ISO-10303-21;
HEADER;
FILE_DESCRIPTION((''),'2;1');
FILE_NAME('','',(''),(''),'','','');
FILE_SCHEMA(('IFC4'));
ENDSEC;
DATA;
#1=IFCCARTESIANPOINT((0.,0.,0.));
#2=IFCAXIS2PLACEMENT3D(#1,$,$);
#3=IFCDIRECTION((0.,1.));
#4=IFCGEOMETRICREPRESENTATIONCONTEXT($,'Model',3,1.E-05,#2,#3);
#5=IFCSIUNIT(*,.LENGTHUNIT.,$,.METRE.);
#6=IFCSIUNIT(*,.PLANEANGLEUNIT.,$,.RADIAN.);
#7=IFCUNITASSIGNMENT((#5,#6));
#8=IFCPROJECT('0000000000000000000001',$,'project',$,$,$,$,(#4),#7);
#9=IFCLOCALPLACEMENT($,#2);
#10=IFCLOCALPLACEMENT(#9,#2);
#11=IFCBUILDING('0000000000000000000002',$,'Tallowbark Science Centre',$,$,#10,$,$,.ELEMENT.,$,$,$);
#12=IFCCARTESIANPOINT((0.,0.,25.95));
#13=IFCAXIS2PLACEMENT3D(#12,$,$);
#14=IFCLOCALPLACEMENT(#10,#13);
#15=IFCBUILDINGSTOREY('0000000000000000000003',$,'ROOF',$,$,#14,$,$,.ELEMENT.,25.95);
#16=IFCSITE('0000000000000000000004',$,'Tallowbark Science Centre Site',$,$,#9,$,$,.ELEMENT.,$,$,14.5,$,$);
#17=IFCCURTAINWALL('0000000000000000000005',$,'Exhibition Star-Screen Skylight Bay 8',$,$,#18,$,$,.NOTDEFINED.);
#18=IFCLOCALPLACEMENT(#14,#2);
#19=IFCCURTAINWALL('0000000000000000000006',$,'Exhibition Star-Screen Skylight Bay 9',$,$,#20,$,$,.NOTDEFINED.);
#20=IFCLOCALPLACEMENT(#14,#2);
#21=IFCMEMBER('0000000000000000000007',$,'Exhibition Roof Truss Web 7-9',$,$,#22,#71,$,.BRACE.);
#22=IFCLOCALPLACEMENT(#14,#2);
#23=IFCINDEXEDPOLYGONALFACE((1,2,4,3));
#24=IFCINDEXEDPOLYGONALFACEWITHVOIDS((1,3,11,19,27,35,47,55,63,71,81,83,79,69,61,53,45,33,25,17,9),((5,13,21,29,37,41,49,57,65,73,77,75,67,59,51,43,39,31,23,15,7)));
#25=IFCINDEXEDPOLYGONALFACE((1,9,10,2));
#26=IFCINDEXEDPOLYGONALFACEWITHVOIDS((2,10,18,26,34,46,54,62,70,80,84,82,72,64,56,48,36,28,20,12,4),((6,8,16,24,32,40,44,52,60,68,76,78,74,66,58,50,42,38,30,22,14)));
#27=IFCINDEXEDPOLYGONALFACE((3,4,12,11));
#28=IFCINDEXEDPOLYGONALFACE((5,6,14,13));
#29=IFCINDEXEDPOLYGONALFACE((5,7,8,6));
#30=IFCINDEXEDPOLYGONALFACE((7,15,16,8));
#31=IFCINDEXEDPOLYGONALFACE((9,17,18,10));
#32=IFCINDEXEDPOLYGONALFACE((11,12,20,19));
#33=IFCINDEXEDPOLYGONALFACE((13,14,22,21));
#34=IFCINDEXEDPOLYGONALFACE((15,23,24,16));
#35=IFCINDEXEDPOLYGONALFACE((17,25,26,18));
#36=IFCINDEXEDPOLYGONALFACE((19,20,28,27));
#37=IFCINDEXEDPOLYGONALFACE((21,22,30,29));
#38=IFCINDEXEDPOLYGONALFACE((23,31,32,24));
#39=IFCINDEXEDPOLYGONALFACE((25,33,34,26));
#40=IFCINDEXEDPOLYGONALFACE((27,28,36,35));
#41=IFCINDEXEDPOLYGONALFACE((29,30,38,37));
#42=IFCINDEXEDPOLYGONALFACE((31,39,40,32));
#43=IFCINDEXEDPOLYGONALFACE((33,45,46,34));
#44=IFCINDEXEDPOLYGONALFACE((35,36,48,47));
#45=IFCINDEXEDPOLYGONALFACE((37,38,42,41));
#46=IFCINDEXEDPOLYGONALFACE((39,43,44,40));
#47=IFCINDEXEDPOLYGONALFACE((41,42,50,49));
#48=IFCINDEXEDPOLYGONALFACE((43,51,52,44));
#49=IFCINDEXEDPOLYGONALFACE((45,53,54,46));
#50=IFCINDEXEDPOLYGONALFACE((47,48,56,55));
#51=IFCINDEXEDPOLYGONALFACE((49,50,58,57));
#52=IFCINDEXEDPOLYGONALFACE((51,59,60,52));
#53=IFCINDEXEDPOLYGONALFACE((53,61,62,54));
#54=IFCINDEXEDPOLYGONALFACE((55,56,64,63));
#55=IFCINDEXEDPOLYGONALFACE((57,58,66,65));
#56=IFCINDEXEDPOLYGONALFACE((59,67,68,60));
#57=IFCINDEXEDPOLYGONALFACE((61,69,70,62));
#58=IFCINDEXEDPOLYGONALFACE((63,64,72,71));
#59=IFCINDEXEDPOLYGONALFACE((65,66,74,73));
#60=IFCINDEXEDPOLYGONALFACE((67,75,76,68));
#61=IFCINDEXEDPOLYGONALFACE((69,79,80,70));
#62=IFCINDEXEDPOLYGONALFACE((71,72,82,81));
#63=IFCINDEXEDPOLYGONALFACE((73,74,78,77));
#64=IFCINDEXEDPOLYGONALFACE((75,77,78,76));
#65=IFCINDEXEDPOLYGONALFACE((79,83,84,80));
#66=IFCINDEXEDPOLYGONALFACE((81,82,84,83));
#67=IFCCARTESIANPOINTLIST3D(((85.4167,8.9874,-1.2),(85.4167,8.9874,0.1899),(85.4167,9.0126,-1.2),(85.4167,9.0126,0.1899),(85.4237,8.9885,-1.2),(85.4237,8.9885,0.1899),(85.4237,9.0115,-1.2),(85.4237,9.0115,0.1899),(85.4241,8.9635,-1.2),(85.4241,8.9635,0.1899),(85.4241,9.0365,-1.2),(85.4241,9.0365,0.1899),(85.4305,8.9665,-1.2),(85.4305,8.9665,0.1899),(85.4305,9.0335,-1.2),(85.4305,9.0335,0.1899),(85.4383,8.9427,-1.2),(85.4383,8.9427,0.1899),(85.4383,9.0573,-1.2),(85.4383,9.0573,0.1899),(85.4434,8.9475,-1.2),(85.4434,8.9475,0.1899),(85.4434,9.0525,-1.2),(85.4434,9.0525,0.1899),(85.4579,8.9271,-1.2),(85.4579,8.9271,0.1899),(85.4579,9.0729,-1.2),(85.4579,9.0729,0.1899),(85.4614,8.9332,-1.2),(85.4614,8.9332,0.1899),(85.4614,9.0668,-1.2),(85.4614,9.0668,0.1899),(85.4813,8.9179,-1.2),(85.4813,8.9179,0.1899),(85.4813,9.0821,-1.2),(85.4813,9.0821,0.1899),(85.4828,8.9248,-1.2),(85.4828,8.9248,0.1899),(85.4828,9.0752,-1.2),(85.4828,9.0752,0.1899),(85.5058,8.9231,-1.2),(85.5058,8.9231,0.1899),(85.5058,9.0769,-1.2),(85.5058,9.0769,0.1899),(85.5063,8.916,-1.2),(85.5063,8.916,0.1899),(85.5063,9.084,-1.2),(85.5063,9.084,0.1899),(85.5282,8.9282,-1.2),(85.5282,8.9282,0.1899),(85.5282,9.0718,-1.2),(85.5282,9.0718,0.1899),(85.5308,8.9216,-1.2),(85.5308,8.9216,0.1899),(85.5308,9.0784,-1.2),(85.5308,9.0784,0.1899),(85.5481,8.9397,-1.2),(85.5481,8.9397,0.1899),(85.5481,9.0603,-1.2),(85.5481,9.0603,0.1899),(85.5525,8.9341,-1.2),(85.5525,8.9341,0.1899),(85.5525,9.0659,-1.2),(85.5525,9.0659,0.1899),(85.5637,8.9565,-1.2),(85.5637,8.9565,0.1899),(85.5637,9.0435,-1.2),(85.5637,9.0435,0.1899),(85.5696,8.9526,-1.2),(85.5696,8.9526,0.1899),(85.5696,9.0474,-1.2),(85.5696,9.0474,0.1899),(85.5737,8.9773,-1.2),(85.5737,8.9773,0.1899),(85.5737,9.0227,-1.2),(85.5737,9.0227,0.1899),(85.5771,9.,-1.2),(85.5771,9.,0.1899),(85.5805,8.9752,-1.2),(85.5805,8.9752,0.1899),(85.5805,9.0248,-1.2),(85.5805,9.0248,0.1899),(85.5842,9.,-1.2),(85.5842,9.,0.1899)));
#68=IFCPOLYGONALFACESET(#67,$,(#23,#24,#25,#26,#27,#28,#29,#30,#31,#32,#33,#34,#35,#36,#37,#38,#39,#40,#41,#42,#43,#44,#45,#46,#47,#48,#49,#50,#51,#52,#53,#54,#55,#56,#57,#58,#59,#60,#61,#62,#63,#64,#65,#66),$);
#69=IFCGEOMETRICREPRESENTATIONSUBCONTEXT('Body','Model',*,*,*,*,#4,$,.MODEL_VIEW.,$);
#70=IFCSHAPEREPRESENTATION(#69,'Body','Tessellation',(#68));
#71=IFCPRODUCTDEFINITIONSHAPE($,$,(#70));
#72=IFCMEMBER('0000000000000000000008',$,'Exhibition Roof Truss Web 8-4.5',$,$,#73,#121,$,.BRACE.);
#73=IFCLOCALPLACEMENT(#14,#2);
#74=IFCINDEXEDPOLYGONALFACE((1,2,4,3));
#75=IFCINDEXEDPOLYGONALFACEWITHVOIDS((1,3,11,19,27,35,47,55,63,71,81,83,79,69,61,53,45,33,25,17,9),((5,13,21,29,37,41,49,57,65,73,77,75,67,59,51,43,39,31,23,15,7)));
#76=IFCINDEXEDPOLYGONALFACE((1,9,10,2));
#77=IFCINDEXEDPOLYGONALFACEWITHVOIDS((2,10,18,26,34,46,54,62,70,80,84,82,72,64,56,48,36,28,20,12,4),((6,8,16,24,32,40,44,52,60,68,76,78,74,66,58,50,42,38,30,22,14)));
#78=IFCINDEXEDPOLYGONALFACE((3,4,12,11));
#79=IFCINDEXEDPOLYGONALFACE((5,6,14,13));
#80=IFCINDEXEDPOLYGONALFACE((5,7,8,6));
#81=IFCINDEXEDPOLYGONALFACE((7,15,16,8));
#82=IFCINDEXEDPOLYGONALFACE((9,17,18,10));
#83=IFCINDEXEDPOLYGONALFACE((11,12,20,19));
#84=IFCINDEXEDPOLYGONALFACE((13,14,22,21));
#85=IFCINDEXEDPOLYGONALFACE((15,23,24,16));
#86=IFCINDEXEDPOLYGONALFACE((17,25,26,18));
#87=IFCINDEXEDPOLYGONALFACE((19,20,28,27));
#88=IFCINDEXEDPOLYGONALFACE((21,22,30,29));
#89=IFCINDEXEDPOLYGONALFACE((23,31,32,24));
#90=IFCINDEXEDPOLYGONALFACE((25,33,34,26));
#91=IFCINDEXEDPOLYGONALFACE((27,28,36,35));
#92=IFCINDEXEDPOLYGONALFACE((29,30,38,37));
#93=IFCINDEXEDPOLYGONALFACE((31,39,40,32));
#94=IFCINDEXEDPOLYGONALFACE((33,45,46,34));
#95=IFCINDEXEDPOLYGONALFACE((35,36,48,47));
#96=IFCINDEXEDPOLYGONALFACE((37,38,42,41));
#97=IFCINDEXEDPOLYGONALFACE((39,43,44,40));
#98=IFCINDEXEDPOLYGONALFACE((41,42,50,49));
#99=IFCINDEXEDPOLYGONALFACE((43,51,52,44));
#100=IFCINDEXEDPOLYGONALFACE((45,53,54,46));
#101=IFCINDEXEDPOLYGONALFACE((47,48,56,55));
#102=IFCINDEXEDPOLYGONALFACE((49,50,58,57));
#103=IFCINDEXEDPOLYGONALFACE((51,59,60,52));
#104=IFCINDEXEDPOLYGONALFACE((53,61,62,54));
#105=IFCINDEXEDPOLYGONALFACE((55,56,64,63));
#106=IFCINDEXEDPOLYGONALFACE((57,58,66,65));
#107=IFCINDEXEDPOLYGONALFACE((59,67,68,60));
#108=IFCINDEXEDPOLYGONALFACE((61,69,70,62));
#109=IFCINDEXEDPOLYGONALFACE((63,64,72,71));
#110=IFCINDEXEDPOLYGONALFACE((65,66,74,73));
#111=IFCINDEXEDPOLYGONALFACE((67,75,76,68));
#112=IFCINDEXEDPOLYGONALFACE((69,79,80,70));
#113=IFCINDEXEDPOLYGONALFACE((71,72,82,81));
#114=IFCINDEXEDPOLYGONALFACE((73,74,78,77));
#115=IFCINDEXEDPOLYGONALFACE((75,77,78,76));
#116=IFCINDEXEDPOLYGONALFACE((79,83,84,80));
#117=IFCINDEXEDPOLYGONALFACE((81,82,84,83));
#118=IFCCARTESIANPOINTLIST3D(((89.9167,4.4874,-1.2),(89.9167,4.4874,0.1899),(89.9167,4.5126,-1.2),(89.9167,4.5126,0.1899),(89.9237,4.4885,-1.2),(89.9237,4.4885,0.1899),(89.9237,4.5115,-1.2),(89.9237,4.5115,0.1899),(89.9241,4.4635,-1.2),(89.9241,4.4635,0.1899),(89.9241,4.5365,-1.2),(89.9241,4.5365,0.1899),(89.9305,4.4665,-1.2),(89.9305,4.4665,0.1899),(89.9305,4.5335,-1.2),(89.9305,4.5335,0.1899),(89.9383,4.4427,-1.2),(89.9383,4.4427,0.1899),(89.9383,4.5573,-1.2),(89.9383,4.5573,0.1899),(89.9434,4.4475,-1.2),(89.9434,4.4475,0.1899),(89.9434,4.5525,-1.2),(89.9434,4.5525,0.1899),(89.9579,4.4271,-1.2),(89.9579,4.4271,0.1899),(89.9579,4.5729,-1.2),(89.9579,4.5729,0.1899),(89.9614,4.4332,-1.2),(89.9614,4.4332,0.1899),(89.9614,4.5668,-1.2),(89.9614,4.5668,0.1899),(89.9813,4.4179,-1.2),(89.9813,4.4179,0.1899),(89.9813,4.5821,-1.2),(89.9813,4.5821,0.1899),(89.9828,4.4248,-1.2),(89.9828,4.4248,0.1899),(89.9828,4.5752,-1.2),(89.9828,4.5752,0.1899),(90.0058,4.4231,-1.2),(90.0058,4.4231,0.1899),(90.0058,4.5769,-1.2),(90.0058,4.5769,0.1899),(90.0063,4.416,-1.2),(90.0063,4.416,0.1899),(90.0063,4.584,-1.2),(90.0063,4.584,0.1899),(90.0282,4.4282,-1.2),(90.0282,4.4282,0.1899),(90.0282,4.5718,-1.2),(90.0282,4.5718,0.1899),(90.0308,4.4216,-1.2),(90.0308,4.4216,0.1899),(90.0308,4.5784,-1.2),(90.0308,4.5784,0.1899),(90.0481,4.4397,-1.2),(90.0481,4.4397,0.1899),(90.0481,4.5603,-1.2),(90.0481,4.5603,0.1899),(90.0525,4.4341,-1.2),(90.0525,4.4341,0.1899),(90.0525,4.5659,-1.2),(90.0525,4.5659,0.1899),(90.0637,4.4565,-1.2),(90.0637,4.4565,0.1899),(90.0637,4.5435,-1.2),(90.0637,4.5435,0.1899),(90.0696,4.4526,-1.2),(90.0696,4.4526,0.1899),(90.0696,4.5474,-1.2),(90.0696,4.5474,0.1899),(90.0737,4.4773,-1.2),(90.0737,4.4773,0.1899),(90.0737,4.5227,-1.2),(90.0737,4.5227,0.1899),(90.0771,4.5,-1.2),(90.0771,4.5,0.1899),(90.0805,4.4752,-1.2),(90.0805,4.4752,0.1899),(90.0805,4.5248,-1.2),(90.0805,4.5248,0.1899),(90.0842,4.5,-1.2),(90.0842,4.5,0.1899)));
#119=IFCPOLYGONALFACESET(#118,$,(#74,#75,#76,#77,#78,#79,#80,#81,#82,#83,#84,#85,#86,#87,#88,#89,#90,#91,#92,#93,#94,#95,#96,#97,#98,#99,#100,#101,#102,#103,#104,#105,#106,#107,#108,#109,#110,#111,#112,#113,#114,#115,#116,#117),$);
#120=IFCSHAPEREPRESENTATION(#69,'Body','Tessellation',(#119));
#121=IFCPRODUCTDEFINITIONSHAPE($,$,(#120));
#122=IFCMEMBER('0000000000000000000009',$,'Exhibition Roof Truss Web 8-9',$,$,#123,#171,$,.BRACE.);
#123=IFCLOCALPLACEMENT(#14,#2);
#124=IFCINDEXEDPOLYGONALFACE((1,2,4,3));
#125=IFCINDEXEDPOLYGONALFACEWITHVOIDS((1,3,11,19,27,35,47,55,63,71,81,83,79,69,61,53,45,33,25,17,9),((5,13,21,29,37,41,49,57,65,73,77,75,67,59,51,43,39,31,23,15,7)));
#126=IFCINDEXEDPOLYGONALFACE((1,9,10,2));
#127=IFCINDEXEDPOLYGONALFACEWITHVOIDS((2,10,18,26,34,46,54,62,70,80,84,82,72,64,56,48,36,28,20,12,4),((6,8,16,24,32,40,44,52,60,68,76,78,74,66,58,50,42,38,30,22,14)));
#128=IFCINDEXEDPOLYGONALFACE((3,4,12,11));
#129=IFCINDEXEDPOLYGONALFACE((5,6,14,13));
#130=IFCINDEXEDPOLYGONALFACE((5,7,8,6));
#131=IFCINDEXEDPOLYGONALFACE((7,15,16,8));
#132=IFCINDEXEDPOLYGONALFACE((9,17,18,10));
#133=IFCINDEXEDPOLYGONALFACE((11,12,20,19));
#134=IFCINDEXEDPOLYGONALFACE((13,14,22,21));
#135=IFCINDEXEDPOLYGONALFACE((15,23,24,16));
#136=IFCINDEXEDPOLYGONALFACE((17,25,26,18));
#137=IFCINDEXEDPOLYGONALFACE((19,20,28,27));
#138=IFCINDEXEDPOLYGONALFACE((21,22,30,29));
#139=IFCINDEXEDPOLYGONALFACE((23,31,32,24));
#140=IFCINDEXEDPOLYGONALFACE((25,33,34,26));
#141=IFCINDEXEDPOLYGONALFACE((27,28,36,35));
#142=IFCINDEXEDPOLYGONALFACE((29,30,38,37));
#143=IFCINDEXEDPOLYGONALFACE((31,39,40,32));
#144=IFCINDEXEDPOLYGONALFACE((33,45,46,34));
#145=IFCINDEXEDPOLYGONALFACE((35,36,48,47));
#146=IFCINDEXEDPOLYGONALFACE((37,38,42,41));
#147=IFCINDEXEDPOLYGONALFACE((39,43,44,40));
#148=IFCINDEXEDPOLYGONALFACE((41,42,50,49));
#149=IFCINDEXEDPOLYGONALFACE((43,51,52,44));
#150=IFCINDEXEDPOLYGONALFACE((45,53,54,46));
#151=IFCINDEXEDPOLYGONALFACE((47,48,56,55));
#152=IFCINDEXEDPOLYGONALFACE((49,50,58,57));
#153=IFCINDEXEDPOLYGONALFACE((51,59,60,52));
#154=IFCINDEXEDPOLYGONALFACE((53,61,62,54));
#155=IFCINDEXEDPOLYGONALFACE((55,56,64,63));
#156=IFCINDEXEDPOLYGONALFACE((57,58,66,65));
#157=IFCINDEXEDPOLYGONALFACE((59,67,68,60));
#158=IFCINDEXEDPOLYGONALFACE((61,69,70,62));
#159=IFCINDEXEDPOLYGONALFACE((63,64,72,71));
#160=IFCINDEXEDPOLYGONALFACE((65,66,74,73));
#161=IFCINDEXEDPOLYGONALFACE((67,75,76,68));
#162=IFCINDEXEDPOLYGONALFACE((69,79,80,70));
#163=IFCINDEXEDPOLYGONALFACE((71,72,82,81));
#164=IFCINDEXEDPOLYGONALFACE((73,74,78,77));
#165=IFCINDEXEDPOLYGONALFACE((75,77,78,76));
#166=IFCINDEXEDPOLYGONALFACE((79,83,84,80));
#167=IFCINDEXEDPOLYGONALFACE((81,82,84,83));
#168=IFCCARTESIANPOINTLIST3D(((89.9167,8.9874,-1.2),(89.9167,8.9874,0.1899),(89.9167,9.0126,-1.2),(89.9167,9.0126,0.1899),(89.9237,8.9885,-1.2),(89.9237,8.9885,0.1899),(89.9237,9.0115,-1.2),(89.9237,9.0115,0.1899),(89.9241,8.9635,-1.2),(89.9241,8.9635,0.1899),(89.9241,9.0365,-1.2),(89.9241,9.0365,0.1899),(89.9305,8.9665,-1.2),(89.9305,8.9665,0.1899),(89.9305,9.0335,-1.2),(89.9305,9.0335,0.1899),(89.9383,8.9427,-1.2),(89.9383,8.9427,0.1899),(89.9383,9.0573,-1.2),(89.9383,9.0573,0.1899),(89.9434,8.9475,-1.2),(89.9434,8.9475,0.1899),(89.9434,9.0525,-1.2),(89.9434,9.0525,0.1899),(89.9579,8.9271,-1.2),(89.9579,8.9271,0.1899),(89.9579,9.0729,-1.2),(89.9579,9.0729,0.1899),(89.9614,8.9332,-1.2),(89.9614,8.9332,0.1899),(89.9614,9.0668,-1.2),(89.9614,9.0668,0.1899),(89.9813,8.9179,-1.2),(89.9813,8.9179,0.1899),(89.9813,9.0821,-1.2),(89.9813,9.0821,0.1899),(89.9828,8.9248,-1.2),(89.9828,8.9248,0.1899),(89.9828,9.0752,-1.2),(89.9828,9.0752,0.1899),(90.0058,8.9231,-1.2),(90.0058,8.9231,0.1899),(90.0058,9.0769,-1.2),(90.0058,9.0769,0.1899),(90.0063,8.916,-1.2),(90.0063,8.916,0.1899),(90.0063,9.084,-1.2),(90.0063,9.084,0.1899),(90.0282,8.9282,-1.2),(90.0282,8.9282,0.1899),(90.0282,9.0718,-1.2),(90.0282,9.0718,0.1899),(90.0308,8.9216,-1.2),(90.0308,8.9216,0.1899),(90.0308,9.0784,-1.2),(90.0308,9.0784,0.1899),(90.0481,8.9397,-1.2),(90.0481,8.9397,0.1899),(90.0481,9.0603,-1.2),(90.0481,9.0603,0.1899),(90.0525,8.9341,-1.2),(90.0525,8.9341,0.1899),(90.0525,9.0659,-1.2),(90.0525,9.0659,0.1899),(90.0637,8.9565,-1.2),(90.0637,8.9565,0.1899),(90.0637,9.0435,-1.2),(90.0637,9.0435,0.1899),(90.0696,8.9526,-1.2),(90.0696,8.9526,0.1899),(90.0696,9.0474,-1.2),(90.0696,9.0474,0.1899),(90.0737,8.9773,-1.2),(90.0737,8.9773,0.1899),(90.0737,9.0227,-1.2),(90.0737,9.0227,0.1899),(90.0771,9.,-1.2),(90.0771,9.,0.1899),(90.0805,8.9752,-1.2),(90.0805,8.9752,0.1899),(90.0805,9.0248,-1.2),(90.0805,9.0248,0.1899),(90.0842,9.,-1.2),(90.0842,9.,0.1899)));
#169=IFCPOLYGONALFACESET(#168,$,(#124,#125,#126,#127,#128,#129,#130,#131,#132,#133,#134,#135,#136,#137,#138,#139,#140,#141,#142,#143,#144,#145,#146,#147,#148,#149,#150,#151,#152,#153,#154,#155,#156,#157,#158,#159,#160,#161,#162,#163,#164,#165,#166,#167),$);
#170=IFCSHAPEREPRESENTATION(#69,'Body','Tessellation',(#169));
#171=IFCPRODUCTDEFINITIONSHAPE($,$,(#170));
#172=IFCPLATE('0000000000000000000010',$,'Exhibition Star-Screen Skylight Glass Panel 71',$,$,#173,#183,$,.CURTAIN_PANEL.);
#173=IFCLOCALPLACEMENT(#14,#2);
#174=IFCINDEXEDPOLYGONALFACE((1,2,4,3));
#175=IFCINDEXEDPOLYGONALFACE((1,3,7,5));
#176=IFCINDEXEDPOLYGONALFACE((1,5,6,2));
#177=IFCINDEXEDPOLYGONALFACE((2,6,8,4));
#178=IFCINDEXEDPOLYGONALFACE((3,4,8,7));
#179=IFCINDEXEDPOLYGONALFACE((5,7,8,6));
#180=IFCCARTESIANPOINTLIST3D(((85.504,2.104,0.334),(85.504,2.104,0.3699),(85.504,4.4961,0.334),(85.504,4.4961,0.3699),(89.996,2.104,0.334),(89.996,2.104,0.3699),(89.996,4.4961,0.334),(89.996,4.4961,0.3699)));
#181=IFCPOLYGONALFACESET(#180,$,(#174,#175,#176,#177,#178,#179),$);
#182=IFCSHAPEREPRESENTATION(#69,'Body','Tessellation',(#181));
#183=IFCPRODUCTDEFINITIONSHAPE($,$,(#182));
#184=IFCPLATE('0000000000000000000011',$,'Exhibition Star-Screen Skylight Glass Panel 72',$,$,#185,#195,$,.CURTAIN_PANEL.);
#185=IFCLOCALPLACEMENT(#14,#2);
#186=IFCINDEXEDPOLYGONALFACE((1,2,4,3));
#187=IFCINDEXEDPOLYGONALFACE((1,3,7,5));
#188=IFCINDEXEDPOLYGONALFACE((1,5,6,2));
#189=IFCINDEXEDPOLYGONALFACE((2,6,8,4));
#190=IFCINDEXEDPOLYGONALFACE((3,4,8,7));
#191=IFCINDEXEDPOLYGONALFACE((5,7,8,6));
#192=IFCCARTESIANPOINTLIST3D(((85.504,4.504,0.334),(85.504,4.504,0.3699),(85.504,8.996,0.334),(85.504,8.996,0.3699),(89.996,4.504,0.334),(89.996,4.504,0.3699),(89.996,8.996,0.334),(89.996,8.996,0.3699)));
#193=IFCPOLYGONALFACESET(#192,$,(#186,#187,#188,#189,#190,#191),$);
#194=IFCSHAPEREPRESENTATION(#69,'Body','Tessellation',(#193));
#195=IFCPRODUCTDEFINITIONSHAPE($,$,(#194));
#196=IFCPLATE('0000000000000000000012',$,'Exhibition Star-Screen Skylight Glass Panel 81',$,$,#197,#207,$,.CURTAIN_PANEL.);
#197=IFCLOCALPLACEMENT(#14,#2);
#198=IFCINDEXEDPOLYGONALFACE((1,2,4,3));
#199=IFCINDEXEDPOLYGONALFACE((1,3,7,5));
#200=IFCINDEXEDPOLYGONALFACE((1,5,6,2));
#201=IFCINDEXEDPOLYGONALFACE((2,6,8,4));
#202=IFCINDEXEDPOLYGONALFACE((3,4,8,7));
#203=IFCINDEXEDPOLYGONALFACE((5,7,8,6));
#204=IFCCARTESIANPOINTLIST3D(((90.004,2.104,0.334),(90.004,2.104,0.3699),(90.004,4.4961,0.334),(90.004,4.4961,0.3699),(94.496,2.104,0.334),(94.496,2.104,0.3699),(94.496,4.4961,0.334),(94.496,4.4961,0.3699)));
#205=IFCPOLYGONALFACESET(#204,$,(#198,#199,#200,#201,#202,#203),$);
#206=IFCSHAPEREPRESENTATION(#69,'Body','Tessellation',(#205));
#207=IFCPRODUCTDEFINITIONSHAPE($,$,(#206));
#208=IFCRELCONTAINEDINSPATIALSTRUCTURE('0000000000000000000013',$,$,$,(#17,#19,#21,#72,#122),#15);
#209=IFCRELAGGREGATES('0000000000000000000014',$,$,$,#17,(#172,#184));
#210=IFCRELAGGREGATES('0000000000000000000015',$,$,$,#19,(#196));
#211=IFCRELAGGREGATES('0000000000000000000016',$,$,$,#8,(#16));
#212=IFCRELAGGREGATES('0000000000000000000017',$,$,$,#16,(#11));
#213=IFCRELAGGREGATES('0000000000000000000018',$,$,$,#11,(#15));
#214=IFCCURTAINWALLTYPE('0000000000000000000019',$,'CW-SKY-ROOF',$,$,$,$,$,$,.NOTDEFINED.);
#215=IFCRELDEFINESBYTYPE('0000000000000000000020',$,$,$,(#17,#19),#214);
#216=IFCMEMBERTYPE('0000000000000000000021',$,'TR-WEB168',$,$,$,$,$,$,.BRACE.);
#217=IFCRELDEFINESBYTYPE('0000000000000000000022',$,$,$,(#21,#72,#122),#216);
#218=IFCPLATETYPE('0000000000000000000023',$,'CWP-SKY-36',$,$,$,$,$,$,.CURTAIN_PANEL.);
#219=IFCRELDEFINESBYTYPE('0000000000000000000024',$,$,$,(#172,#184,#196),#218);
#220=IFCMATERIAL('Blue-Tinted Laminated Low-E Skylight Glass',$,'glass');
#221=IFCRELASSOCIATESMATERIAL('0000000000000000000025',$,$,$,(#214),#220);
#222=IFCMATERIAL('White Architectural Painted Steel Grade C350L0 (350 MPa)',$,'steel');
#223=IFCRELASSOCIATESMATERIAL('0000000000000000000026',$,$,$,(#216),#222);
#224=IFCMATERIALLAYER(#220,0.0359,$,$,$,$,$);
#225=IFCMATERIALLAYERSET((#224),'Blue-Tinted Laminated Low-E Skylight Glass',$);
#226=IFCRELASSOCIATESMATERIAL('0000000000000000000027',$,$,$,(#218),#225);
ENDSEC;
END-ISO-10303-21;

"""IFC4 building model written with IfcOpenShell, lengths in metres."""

from ifc_helpers import new_model, si_unit, direction, frame, origin, origin_2d, place, context, subcontext, project, spatial, rectangle, hollow_circle, extrude, material, layer, layer_set, material_profile, profile_set, type_object, element, aggregate, save


model = new_model("IFC4")

# Units and contexts
model_context = context("Model", 3, precision=1e-05, world=origin(), true_north=direction((0.0, 1.0)))
body_context = subcontext(model_context, "Body", "Model", "MODEL_VIEW")
ifc_project = project(units=[si_unit("LENGTHUNIT", "METRE"), si_unit("PLANEANGLEUNIT", "RADIAN")], contexts=[model_context])

# Site, building, storey
site_placement = place(None, origin())
site = spatial("IfcSite", under=ifc_project, at=site_placement, Name="Tallowbark Science Centre Site", CompositionType="ELEMENT", RefElevation=14.5)
building_placement = place(site_placement, origin())
building = spatial("IfcBuilding", under=site, at=building_placement, Name="Tallowbark Science Centre", CompositionType="ELEMENT")
storey_placement = place(building_placement, frame((0.0, 0.0, 25.95)))
storey = spatial("IfcBuildingStorey", under=building, at=storey_placement, Name="ROOF", CompositionType="ELEMENT", Elevation=25.95)

# Shared definitions
ifc_material_1 = material(Name="White Architectural Painted Steel Grade C350L0 (350 MPa)", Category="steel")

# Curtain wall
ifc_material_2 = material(Name="Blue-Tinted Laminated Low-E Skylight Glass", Category="glass")
curtain_wall_type = type_object("IfcCurtainWallType", Name="CW-SKY-ROOF", PredefinedType="NOTDEFINED", material=ifc_material_2)
curtain_wall_1_placement = place(storey_placement, origin())
curtain_wall_1 = element("IfcCurtainWall", 1, at=curtain_wall_1_placement, inside=storey, type_object=curtain_wall_type, Name="Exhibition Star-Screen Skylight Bay 8", PredefinedType="NOTDEFINED")

# Curtain wall
curtain_wall_2_placement = place(storey_placement, origin())
curtain_wall_2 = element("IfcCurtainWall", 2, at=curtain_wall_2_placement, inside=storey, type_object=curtain_wall_type, Name="Exhibition Star-Screen Skylight Bay 9", PredefinedType="NOTDEFINED")

# Members
ifc_material_profile_1 = material_profile(ifc_material_1, hollow_circle(Radius=0.0842, WallThickness=0.0071, at=origin_2d()), Name="168.3x7.1CHS")
ifc_profile_set_1 = profile_set([ifc_material_profile_1], Name="White Architectural Painted Steel Grade C350L0 (350 MPa)")
member_type_1 = type_object("IfcMemberType", Name="TR-WEB168", PredefinedType="BRACE", material=ifc_profile_set_1)
for number, where, z_axis, x_axis, name in (
    (3, (85.5, 9.0, -1.2), (0.0, 0.0, 1.0), (1.0, 0.0, 0.0), "Exhibition Roof Truss Web 7-9"),
    (4, (90.0, 4.5, -1.2), (0.0, 0.0, 1.0), (1.0, 0.0, 0.0), "Exhibition Roof Truss Web 8-4.5"),
    (5, (90.0, 9.0, -1.2), (0.0, 0.0, 1.0), (1.0, 0.0, 0.0), "Exhibition Roof Truss Web 8-9"),
):
    element("IfcMember", number, at=place(storey_placement, frame(where, z_axis=z_axis, x_axis=x_axis)), inside=storey, type_object=member_type_1, Name=name, PredefinedType="BRACE", context=body_context, shape_type="SweptSolid", body=[
        extrude(hollow_circle(Radius=0.0842, WallThickness=0.0071, at=origin_2d()), origin(), (0.0, 0.0, 1.0), 1.3899),
    ])

# Plates
ifc_layer_1 = layer(ifc_material_2, 0.0359)
ifc_layer_set_1 = layer_set([ifc_layer_1], Name="Blue-Tinted Laminated Low-E Skylight Glass")
plate_type_1 = type_object("IfcPlateType", Name="CWP-SKY-36", PredefinedType="CURTAIN_PANEL", material=ifc_layer_set_1)
plate_1_placement = place(storey_placement, frame((87.75, 3.3, 0.334), z_axis=(0.0, 0.0, 1.0), x_axis=(1.0, 0.0, 0.0)))
plate_1 = element("IfcPlate", 6, at=plate_1_placement, type_object=plate_type_1, Name="Exhibition Star-Screen Skylight Glass Panel 71", PredefinedType="CURTAIN_PANEL", context=body_context, shape_type="SweptSolid", body=[
    extrude(rectangle(XDim=4.4919, YDim=2.3921, at=origin_2d()), origin(), (0.0, 0.0, 1.0), 0.0359),
])
plate_2_placement = place(storey_placement, frame((87.75, 6.75, 0.334), z_axis=(0.0, 0.0, 1.0), x_axis=(1.0, 0.0, 0.0)))
plate_2 = element("IfcPlate", 7, at=plate_2_placement, type_object=plate_type_1, Name="Exhibition Star-Screen Skylight Glass Panel 72", PredefinedType="CURTAIN_PANEL", context=body_context, shape_type="SweptSolid", body=[
    extrude(rectangle(XDim=4.4919, YDim=4.4919, at=origin_2d()), origin(), (0.0, 0.0, 1.0), 0.0359),
])
aggregate(curtain_wall_1, [plate_1, plate_2])
plate_3_placement = place(storey_placement, frame((92.25, 3.3, 0.334), z_axis=(0.0, 0.0, 1.0), x_axis=(1.0, 0.0, 0.0)))
plate_3 = element("IfcPlate", 8, at=plate_3_placement, type_object=plate_type_1, Name="Exhibition Star-Screen Skylight Glass Panel 81", PredefinedType="CURTAIN_PANEL", context=body_context, shape_type="SweptSolid", body=[
    extrude(rectangle(XDim=4.4919, YDim=2.3921, at=origin_2d()), origin(), (0.0, 0.0, 1.0), 0.0359),
])
aggregate(curtain_wall_2, [plate_3])

save(model, "model.ifc")
